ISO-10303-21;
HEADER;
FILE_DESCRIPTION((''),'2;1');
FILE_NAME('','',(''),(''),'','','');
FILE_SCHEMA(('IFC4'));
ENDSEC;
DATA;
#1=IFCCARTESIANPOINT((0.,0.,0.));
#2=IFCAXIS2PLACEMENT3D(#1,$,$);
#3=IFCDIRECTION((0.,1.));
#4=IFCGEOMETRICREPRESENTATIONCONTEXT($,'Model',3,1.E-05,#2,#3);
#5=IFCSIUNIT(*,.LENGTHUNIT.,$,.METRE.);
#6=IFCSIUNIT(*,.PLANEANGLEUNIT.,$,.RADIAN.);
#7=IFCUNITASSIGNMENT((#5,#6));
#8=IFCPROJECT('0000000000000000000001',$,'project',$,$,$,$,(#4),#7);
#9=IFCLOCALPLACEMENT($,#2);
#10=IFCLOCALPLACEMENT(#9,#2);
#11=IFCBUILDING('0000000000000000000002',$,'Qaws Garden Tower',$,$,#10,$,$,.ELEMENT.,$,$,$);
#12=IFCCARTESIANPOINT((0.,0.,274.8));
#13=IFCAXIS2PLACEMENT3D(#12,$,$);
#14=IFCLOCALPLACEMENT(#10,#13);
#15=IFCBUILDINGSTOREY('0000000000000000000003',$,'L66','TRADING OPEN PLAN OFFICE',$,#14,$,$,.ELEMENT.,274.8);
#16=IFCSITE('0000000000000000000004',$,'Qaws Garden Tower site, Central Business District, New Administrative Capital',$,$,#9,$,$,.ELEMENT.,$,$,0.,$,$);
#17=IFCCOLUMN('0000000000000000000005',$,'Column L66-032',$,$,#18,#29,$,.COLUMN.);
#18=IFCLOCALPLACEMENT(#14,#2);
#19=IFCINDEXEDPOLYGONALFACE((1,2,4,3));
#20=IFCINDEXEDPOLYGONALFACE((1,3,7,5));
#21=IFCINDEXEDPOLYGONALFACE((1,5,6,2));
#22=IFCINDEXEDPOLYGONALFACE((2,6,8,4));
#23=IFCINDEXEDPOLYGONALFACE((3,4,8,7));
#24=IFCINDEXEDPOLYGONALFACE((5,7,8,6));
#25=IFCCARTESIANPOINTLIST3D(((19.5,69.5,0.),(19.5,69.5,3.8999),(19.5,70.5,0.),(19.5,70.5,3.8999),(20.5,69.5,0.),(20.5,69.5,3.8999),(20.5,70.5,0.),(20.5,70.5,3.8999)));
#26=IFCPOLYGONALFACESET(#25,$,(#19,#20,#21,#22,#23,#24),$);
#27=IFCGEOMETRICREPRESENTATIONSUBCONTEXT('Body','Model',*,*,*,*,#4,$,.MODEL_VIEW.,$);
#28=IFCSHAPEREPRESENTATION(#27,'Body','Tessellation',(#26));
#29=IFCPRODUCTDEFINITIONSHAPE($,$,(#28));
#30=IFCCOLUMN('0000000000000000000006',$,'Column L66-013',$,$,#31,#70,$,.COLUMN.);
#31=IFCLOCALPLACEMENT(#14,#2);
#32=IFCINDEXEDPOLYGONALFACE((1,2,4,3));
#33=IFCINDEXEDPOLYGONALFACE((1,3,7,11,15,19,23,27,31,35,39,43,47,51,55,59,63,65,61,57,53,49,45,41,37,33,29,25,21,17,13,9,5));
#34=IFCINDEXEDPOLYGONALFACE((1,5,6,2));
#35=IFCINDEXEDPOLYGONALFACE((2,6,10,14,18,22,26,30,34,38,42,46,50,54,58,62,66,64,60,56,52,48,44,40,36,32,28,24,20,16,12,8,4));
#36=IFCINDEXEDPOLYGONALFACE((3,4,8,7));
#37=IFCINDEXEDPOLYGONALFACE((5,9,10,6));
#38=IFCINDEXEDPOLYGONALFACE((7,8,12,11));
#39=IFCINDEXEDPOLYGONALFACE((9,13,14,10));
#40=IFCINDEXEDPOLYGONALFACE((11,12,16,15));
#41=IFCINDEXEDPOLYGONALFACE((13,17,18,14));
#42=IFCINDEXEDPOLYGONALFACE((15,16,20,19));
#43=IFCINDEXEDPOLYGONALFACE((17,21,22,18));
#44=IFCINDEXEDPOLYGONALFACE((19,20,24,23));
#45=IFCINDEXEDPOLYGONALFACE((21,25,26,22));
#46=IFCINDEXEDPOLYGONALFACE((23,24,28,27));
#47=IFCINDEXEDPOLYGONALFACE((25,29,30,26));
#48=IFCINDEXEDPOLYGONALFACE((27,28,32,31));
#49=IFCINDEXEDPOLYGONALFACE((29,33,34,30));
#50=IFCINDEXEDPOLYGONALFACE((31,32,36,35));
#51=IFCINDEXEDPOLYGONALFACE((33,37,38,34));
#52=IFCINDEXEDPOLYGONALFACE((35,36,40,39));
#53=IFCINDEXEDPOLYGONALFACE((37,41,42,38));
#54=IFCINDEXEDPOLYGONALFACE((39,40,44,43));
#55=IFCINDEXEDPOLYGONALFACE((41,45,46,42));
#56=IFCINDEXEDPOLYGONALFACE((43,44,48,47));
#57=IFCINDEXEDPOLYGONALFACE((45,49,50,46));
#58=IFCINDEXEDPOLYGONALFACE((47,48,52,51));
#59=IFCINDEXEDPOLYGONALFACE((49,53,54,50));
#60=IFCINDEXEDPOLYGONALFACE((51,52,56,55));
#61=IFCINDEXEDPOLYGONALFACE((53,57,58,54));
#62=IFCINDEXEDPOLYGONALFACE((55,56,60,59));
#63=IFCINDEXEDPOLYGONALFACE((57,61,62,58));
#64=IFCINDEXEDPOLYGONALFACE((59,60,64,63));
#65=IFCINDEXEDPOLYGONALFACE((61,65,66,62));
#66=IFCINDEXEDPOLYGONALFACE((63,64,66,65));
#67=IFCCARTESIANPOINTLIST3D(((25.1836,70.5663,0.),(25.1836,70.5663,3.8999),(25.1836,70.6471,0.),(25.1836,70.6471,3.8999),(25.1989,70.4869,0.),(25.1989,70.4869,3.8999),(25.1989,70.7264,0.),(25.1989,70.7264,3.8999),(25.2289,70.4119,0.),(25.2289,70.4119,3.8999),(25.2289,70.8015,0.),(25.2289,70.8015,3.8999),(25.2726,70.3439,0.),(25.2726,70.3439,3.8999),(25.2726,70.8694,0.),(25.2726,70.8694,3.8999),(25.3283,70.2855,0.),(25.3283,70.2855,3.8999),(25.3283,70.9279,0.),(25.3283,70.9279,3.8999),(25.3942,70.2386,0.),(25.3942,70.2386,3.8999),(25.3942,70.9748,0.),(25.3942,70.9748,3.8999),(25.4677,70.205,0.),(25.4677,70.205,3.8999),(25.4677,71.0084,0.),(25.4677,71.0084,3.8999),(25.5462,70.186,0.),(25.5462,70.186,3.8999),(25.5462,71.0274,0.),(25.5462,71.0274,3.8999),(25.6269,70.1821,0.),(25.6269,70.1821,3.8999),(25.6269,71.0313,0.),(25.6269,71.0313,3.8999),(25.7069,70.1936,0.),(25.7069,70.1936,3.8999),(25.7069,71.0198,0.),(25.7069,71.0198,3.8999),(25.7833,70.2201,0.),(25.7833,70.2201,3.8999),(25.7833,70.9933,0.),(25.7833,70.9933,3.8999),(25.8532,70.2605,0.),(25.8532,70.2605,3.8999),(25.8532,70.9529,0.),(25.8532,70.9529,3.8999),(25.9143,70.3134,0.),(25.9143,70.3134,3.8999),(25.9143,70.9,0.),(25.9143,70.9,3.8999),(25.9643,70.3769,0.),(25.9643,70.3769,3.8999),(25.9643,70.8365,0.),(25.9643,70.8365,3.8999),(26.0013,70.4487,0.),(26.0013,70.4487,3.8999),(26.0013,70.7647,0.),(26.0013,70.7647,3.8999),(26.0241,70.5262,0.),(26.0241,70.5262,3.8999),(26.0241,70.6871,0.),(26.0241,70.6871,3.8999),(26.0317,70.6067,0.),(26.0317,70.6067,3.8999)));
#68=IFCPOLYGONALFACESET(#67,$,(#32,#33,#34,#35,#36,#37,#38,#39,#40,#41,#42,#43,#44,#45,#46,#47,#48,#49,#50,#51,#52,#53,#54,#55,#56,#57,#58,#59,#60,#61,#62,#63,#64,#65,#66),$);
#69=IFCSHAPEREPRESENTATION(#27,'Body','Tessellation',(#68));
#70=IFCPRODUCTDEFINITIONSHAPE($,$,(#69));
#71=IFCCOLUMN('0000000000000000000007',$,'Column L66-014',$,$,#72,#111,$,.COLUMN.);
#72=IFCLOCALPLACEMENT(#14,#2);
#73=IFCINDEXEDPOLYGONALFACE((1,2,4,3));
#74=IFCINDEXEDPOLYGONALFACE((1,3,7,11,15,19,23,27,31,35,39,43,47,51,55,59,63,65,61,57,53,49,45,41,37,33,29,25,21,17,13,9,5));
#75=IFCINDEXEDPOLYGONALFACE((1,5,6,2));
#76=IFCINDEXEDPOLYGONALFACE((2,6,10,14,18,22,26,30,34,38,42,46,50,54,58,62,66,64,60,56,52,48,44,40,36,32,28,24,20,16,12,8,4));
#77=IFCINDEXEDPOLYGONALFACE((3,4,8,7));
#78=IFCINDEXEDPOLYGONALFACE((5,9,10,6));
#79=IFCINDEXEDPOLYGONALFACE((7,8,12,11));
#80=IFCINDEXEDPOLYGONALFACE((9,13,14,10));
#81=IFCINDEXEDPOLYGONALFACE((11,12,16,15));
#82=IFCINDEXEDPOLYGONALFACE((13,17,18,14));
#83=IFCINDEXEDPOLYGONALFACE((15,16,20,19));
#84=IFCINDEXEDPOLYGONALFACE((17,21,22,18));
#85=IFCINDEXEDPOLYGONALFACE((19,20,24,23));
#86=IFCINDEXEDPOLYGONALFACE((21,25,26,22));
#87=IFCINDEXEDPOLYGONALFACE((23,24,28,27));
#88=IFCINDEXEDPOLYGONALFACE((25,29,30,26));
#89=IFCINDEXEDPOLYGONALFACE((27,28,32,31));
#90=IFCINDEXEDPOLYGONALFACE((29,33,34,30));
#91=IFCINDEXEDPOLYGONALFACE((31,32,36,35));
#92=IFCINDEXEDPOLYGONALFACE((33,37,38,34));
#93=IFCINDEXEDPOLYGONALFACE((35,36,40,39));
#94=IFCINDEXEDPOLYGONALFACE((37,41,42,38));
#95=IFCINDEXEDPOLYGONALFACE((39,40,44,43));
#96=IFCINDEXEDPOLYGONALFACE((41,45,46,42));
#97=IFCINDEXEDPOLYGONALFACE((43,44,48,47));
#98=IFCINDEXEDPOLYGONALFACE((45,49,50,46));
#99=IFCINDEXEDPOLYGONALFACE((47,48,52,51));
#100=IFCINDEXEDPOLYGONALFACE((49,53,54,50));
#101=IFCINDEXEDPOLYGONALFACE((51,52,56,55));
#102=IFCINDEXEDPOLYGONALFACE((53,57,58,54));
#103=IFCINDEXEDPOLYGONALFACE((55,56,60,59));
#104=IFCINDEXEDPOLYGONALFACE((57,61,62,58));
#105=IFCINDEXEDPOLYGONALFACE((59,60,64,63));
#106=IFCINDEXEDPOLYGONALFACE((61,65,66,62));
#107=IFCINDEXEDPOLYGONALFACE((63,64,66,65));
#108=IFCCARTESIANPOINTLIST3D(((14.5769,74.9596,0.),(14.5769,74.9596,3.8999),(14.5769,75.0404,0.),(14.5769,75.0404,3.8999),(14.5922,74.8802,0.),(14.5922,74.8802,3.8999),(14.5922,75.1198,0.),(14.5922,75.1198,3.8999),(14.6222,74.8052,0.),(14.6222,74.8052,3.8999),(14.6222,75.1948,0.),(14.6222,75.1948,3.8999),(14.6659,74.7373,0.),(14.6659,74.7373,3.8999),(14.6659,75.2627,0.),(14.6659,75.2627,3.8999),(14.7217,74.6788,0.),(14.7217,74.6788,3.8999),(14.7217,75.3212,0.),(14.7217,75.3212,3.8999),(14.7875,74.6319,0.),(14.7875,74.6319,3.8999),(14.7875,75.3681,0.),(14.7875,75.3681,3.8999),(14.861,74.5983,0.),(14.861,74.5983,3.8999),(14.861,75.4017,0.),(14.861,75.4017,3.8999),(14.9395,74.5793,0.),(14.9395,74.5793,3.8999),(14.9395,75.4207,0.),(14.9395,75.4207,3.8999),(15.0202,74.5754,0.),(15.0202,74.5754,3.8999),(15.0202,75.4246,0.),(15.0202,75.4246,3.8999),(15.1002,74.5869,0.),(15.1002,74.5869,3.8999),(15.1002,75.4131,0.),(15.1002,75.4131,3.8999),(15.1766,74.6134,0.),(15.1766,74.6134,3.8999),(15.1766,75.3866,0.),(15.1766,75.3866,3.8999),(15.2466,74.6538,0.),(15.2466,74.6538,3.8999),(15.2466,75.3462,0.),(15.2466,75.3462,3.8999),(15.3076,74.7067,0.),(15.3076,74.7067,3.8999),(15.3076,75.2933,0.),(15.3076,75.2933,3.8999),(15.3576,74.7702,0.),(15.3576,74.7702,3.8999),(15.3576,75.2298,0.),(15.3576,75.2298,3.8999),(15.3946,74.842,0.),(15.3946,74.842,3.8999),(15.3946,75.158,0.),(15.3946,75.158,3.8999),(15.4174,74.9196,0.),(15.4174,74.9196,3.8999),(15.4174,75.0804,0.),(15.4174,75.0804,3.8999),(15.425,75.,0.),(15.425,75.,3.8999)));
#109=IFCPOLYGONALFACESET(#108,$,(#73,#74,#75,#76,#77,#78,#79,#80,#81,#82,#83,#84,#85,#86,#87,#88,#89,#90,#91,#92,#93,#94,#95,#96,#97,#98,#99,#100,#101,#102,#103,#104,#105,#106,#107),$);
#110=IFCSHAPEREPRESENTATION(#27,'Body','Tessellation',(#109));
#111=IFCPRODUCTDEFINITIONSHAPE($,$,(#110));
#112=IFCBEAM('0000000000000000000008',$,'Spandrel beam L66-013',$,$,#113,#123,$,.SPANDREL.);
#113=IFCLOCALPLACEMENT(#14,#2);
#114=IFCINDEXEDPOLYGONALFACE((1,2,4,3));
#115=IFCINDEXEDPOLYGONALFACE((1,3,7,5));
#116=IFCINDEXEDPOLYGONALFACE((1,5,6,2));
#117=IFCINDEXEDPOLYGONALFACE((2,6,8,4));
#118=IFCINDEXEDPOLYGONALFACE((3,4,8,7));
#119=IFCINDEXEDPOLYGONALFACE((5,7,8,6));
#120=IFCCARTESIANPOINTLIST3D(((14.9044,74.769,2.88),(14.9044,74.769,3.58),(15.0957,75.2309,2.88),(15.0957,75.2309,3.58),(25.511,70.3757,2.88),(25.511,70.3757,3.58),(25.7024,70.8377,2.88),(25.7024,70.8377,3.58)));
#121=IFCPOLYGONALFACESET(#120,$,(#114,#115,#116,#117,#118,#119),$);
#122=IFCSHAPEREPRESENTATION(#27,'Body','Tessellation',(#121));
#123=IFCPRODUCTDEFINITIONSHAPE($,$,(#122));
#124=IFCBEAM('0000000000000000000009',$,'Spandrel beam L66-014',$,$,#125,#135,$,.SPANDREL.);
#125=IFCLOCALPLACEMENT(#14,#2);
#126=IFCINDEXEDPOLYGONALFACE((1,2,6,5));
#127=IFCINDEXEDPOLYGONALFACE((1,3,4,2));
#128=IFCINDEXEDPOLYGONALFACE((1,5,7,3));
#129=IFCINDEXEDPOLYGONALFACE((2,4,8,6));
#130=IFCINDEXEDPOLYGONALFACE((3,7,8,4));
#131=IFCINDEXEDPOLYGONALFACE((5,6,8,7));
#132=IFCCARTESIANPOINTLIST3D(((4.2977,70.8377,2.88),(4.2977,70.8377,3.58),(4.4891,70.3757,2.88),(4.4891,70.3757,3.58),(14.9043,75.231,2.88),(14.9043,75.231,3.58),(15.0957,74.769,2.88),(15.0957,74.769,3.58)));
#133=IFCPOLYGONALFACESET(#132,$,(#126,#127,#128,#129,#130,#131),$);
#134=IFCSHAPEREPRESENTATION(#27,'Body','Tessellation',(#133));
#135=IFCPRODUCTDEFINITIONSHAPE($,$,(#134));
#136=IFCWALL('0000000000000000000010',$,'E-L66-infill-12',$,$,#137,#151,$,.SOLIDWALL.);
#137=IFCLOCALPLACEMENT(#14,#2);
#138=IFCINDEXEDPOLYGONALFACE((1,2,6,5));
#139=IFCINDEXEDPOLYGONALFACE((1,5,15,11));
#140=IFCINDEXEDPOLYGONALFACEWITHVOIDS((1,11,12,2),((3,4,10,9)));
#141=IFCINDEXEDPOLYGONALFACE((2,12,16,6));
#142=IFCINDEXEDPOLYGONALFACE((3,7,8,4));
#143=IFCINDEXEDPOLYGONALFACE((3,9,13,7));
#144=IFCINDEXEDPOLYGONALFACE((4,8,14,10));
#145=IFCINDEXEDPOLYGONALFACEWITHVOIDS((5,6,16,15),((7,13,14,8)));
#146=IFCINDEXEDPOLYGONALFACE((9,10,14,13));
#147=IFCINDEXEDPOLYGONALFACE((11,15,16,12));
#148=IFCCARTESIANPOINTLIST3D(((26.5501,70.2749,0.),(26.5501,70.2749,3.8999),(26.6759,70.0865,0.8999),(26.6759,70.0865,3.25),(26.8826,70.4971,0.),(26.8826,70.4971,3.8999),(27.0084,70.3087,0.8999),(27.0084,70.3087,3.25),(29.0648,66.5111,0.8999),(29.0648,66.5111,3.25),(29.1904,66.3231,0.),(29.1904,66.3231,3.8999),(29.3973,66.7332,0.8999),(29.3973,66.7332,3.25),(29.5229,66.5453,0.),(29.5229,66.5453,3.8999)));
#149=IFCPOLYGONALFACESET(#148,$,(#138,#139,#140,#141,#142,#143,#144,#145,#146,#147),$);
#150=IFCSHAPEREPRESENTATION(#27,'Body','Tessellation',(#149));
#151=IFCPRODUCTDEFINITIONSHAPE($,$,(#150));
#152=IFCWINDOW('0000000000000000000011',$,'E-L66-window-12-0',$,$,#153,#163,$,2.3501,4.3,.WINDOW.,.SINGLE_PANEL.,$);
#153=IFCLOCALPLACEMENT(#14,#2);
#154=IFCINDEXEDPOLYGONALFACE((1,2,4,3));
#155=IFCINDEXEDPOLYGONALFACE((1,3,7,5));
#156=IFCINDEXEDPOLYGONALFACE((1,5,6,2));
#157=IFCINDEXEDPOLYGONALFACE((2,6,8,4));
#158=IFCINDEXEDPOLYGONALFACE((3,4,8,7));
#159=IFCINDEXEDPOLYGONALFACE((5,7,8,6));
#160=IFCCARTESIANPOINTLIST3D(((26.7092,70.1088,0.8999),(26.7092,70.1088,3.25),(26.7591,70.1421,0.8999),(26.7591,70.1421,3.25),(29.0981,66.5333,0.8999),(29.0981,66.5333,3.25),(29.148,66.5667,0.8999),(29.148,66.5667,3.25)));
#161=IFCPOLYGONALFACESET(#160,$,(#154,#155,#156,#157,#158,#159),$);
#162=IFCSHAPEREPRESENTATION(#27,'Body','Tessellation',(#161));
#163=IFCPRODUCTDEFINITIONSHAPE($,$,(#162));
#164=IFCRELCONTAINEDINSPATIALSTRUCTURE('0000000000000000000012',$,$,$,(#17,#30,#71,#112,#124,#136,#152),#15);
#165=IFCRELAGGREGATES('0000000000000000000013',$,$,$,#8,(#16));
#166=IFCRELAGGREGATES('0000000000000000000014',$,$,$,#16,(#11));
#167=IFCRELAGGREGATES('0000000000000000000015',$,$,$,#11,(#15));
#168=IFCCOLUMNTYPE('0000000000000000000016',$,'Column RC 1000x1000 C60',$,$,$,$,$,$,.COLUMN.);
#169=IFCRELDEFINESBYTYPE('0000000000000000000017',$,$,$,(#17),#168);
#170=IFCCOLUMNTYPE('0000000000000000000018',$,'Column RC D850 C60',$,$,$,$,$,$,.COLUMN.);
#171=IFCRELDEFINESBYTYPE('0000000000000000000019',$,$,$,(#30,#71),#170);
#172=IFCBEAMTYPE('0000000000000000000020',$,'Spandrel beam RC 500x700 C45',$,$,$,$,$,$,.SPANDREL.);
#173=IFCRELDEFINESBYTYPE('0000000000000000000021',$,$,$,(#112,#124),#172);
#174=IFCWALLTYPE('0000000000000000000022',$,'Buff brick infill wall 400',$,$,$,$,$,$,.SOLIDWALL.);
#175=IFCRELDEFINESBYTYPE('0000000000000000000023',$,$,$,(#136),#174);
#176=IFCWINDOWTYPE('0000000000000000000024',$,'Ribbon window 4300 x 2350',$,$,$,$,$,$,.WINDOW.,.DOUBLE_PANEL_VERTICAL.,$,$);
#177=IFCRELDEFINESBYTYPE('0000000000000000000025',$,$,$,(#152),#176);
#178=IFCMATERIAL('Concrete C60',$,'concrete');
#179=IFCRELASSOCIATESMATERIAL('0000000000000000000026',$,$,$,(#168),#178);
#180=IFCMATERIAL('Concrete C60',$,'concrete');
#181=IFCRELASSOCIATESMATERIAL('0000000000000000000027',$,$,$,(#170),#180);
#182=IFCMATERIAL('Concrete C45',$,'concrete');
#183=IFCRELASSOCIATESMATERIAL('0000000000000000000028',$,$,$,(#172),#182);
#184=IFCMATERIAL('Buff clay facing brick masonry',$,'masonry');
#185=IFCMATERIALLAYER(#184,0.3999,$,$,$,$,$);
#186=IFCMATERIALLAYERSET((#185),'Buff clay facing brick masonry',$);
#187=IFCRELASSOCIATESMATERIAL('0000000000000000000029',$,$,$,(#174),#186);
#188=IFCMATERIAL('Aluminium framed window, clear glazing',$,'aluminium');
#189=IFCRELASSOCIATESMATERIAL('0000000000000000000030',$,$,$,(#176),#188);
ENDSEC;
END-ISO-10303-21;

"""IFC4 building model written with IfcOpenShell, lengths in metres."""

from ifc_helpers import new_model, si_unit, direction, frame, frame_2d, origin, origin_2d, place, context, subcontext, project, spatial, rectangle, circle, extrude, material, layer, layer_set, material_profile, profile_set, type_object, element, fill, save


model = new_model("IFC4")

# Units and contexts
model_context = context("Model", 3, precision=1e-05, world=origin(), true_north=direction((0.0, 1.0)))
body_context = subcontext(model_context, "Body", "Model", "MODEL_VIEW")
ifc_project = project(units=[si_unit("LENGTHUNIT", "METRE"), si_unit("PLANEANGLEUNIT", "RADIAN")], contexts=[model_context])

# Site, building, storey
site_placement = place(None, origin())
site = spatial("IfcSite", under=ifc_project, at=site_placement, Name="Qaws Garden Tower site, Central Business District, New Administrative Capital", CompositionType="ELEMENT", RefElevation=0.0)
building_placement = place(site_placement, origin())
building = spatial("IfcBuilding", under=site, at=building_placement, Name="Qaws Garden Tower", CompositionType="ELEMENT")
storey_placement = place(building_placement, frame((0.0, 0.0, 274.8)))
storey = spatial("IfcBuildingStorey", under=building, at=storey_placement, Name="L66", Description="TRADING OPEN PLAN OFFICE", CompositionType="ELEMENT", Elevation=274.8)

# Columns
ifc_material_1 = material(Name="Concrete C60", Category="concrete")
ifc_material_profile_1 = material_profile(ifc_material_1, rectangle(XDim=1.0, YDim=1.0, at=origin_2d()), Name="RC 1000x1000")
ifc_profile_set_1 = profile_set([ifc_material_profile_1], Name="Concrete C60")
column_type_1 = type_object("IfcColumnType", Name="Column RC 1000x1000 C60", PredefinedType="COLUMN", material=ifc_profile_set_1)
column_placement = place(storey_placement, frame((20.0, 70.0, 0.0), z_axis=(0.0, 0.0, 1.0), x_axis=(1.0, 0.0, 0.0)))
element("IfcColumn", 1, at=column_placement, inside=storey, type_object=column_type_1, Name="Column L66-032", PredefinedType="COLUMN", context=body_context, shape_type="SweptSolid", body=[
    extrude(rectangle(XDim=1.0, YDim=1.0, at=origin_2d()), origin(), (0.0, 0.0, 1.0), 3.8999),
])
ifc_material_2 = material(Name="Concrete C60", Category="concrete")
ifc_material_profile_2 = material_profile(ifc_material_2, circle(Radius=0.425, at=origin_2d()), Name="RC D850")
ifc_profile_set_2 = profile_set([ifc_material_profile_2], Name="Concrete C60")
column_type_2 = type_object("IfcColumnType", Name="Column RC D850 C60", PredefinedType="COLUMN", material=ifc_profile_set_2)
for number, where, z_axis, x_axis, name in (
    (2, (25.6067, 70.6067, 0.0), (0.0, 0.0, 1.0), (1.0, 0.0, 0.0), "Column L66-013"),
    (3, (15.0, 75.0, 0.0), (0.0, 0.0, 1.0), (1.0, 0.0, 0.0), "Column L66-014"),
):
    element("IfcColumn", number, at=place(storey_placement, frame(where, z_axis=z_axis, x_axis=x_axis)), inside=storey, type_object=column_type_2, Name=name, PredefinedType="COLUMN", context=body_context, shape_type="SweptSolid", body=[
        extrude(circle(Radius=0.425, at=origin_2d()), origin(), (0.0, 0.0, 1.0), 3.8999),
    ])

# Beams
ifc_material_3 = material(Name="Concrete C45", Category="concrete")
ifc_material_profile_3 = material_profile(ifc_material_3, rectangle(XDim=0.5, YDim=0.7, at=origin_2d()), Name="RC 500x700")
ifc_profile_set_3 = profile_set([ifc_material_profile_3], Name="Concrete C45")
beam_type = type_object("IfcBeamType", Name="Spandrel beam RC 500x700 C45", PredefinedType="SPANDREL", material=ifc_profile_set_3)
for number, where, z_axis, x_axis, name in (
    (4, (25.6067, 70.6067, 3.23), (-0.923883, 0.382674, 0.0), (-0.382674, -0.923883, 0.0), "Spandrel beam L66-013"),
    (5, (15.0, 75.0, 3.23), (-0.923883, -0.382674, 0.0), (0.382674, -0.923883, 0.0), "Spandrel beam L66-014"),
):
    element("IfcBeam", number, at=place(storey_placement, frame(where, z_axis=z_axis, x_axis=x_axis)), inside=storey, type_object=beam_type, Name=name, PredefinedType="SPANDREL", context=body_context, shape_type="SweptSolid", body=[
        extrude(rectangle(XDim=0.5, YDim=0.7, at=origin_2d()), origin(), (0.0, 0.0, 1.0), 11.4805),
    ])

# Wall, opening, window
ifc_material_4 = material(Name="Buff clay facing brick masonry", Category="masonry")
ifc_layer_1 = layer(ifc_material_4, 0.3999)
ifc_layer_set_1 = layer_set([ifc_layer_1], Name="Buff clay facing brick masonry")
wall_type_1 = type_object("IfcWallType", Name="Buff brick infill wall 400", PredefinedType="SOLIDWALL", material=ifc_layer_set_1)
wall_1_placement = place(storey_placement, frame((29.3567, 66.4341, 0.0), z_axis=(0.0, 0.0, 1.0), x_axis=(-0.555542, 0.831489, 0.0)))
wall_1 = element("IfcWall", 6, at=wall_1_placement, inside=storey, type_object=wall_type_1, Name="E-L66-infill-12", PredefinedType="SOLIDWALL", context=body_context, shape_type="SweptSolid", body=[
    extrude(rectangle(XDim=4.7527, YDim=0.3999, at=frame_2d((2.3765, 0.0))), origin(), (0.0, 0.0, 1.0), 3.8999),
])
opening_1_placement = place(wall_1_placement, frame((0.2263, 0.0, 0.8999)))
opening_1 = element("IfcOpeningElement", 7, at=opening_1_placement, cuts=wall_1, PredefinedType="OPENING", context=body_context, shape_type="SweptSolid", body=[
    extrude(rectangle(XDim=4.3, YDim=2.3501, at=frame_2d((2.1499, 1.175))), frame((0.0, 0.21, 0.0), z_axis=(0.0, -1.0, 0.0), x_axis=(1.0, 0.0, 0.0)), (0.0, 0.0, 1.0), 0.4199),
])
ifc_material_5 = material(Name="Aluminium framed window, clear glazing", Category="aluminium")
window_type = type_object("IfcWindowType", Name="Ribbon window 4300 x 2350", PartitioningType="DOUBLE_PANEL_VERTICAL", PredefinedType="WINDOW", material=ifc_material_5)
window_1_placement = place(opening_1_placement, origin())
window_1 = element("IfcWindow", 8, at=window_1_placement, inside=storey, type_object=window_type, Name="E-L66-window-12-0", OverallHeight=2.3501, OverallWidth=4.3, PartitioningType="SINGLE_PANEL", PredefinedType="WINDOW", context=body_context, shape_type="SweptSolid", body=[
    extrude(rectangle(XDim=4.3, YDim=2.3501, at=frame_2d((2.1499, 1.175))), frame((0.0, 0.1599, 0.0), z_axis=(0.0, -1.0, 0.0), x_axis=(1.0, 0.0, 0.0)), (0.0, 0.0, 1.0), 0.0601),
])
fill(opening_1, window_1)

save(model, "model.ifc")
